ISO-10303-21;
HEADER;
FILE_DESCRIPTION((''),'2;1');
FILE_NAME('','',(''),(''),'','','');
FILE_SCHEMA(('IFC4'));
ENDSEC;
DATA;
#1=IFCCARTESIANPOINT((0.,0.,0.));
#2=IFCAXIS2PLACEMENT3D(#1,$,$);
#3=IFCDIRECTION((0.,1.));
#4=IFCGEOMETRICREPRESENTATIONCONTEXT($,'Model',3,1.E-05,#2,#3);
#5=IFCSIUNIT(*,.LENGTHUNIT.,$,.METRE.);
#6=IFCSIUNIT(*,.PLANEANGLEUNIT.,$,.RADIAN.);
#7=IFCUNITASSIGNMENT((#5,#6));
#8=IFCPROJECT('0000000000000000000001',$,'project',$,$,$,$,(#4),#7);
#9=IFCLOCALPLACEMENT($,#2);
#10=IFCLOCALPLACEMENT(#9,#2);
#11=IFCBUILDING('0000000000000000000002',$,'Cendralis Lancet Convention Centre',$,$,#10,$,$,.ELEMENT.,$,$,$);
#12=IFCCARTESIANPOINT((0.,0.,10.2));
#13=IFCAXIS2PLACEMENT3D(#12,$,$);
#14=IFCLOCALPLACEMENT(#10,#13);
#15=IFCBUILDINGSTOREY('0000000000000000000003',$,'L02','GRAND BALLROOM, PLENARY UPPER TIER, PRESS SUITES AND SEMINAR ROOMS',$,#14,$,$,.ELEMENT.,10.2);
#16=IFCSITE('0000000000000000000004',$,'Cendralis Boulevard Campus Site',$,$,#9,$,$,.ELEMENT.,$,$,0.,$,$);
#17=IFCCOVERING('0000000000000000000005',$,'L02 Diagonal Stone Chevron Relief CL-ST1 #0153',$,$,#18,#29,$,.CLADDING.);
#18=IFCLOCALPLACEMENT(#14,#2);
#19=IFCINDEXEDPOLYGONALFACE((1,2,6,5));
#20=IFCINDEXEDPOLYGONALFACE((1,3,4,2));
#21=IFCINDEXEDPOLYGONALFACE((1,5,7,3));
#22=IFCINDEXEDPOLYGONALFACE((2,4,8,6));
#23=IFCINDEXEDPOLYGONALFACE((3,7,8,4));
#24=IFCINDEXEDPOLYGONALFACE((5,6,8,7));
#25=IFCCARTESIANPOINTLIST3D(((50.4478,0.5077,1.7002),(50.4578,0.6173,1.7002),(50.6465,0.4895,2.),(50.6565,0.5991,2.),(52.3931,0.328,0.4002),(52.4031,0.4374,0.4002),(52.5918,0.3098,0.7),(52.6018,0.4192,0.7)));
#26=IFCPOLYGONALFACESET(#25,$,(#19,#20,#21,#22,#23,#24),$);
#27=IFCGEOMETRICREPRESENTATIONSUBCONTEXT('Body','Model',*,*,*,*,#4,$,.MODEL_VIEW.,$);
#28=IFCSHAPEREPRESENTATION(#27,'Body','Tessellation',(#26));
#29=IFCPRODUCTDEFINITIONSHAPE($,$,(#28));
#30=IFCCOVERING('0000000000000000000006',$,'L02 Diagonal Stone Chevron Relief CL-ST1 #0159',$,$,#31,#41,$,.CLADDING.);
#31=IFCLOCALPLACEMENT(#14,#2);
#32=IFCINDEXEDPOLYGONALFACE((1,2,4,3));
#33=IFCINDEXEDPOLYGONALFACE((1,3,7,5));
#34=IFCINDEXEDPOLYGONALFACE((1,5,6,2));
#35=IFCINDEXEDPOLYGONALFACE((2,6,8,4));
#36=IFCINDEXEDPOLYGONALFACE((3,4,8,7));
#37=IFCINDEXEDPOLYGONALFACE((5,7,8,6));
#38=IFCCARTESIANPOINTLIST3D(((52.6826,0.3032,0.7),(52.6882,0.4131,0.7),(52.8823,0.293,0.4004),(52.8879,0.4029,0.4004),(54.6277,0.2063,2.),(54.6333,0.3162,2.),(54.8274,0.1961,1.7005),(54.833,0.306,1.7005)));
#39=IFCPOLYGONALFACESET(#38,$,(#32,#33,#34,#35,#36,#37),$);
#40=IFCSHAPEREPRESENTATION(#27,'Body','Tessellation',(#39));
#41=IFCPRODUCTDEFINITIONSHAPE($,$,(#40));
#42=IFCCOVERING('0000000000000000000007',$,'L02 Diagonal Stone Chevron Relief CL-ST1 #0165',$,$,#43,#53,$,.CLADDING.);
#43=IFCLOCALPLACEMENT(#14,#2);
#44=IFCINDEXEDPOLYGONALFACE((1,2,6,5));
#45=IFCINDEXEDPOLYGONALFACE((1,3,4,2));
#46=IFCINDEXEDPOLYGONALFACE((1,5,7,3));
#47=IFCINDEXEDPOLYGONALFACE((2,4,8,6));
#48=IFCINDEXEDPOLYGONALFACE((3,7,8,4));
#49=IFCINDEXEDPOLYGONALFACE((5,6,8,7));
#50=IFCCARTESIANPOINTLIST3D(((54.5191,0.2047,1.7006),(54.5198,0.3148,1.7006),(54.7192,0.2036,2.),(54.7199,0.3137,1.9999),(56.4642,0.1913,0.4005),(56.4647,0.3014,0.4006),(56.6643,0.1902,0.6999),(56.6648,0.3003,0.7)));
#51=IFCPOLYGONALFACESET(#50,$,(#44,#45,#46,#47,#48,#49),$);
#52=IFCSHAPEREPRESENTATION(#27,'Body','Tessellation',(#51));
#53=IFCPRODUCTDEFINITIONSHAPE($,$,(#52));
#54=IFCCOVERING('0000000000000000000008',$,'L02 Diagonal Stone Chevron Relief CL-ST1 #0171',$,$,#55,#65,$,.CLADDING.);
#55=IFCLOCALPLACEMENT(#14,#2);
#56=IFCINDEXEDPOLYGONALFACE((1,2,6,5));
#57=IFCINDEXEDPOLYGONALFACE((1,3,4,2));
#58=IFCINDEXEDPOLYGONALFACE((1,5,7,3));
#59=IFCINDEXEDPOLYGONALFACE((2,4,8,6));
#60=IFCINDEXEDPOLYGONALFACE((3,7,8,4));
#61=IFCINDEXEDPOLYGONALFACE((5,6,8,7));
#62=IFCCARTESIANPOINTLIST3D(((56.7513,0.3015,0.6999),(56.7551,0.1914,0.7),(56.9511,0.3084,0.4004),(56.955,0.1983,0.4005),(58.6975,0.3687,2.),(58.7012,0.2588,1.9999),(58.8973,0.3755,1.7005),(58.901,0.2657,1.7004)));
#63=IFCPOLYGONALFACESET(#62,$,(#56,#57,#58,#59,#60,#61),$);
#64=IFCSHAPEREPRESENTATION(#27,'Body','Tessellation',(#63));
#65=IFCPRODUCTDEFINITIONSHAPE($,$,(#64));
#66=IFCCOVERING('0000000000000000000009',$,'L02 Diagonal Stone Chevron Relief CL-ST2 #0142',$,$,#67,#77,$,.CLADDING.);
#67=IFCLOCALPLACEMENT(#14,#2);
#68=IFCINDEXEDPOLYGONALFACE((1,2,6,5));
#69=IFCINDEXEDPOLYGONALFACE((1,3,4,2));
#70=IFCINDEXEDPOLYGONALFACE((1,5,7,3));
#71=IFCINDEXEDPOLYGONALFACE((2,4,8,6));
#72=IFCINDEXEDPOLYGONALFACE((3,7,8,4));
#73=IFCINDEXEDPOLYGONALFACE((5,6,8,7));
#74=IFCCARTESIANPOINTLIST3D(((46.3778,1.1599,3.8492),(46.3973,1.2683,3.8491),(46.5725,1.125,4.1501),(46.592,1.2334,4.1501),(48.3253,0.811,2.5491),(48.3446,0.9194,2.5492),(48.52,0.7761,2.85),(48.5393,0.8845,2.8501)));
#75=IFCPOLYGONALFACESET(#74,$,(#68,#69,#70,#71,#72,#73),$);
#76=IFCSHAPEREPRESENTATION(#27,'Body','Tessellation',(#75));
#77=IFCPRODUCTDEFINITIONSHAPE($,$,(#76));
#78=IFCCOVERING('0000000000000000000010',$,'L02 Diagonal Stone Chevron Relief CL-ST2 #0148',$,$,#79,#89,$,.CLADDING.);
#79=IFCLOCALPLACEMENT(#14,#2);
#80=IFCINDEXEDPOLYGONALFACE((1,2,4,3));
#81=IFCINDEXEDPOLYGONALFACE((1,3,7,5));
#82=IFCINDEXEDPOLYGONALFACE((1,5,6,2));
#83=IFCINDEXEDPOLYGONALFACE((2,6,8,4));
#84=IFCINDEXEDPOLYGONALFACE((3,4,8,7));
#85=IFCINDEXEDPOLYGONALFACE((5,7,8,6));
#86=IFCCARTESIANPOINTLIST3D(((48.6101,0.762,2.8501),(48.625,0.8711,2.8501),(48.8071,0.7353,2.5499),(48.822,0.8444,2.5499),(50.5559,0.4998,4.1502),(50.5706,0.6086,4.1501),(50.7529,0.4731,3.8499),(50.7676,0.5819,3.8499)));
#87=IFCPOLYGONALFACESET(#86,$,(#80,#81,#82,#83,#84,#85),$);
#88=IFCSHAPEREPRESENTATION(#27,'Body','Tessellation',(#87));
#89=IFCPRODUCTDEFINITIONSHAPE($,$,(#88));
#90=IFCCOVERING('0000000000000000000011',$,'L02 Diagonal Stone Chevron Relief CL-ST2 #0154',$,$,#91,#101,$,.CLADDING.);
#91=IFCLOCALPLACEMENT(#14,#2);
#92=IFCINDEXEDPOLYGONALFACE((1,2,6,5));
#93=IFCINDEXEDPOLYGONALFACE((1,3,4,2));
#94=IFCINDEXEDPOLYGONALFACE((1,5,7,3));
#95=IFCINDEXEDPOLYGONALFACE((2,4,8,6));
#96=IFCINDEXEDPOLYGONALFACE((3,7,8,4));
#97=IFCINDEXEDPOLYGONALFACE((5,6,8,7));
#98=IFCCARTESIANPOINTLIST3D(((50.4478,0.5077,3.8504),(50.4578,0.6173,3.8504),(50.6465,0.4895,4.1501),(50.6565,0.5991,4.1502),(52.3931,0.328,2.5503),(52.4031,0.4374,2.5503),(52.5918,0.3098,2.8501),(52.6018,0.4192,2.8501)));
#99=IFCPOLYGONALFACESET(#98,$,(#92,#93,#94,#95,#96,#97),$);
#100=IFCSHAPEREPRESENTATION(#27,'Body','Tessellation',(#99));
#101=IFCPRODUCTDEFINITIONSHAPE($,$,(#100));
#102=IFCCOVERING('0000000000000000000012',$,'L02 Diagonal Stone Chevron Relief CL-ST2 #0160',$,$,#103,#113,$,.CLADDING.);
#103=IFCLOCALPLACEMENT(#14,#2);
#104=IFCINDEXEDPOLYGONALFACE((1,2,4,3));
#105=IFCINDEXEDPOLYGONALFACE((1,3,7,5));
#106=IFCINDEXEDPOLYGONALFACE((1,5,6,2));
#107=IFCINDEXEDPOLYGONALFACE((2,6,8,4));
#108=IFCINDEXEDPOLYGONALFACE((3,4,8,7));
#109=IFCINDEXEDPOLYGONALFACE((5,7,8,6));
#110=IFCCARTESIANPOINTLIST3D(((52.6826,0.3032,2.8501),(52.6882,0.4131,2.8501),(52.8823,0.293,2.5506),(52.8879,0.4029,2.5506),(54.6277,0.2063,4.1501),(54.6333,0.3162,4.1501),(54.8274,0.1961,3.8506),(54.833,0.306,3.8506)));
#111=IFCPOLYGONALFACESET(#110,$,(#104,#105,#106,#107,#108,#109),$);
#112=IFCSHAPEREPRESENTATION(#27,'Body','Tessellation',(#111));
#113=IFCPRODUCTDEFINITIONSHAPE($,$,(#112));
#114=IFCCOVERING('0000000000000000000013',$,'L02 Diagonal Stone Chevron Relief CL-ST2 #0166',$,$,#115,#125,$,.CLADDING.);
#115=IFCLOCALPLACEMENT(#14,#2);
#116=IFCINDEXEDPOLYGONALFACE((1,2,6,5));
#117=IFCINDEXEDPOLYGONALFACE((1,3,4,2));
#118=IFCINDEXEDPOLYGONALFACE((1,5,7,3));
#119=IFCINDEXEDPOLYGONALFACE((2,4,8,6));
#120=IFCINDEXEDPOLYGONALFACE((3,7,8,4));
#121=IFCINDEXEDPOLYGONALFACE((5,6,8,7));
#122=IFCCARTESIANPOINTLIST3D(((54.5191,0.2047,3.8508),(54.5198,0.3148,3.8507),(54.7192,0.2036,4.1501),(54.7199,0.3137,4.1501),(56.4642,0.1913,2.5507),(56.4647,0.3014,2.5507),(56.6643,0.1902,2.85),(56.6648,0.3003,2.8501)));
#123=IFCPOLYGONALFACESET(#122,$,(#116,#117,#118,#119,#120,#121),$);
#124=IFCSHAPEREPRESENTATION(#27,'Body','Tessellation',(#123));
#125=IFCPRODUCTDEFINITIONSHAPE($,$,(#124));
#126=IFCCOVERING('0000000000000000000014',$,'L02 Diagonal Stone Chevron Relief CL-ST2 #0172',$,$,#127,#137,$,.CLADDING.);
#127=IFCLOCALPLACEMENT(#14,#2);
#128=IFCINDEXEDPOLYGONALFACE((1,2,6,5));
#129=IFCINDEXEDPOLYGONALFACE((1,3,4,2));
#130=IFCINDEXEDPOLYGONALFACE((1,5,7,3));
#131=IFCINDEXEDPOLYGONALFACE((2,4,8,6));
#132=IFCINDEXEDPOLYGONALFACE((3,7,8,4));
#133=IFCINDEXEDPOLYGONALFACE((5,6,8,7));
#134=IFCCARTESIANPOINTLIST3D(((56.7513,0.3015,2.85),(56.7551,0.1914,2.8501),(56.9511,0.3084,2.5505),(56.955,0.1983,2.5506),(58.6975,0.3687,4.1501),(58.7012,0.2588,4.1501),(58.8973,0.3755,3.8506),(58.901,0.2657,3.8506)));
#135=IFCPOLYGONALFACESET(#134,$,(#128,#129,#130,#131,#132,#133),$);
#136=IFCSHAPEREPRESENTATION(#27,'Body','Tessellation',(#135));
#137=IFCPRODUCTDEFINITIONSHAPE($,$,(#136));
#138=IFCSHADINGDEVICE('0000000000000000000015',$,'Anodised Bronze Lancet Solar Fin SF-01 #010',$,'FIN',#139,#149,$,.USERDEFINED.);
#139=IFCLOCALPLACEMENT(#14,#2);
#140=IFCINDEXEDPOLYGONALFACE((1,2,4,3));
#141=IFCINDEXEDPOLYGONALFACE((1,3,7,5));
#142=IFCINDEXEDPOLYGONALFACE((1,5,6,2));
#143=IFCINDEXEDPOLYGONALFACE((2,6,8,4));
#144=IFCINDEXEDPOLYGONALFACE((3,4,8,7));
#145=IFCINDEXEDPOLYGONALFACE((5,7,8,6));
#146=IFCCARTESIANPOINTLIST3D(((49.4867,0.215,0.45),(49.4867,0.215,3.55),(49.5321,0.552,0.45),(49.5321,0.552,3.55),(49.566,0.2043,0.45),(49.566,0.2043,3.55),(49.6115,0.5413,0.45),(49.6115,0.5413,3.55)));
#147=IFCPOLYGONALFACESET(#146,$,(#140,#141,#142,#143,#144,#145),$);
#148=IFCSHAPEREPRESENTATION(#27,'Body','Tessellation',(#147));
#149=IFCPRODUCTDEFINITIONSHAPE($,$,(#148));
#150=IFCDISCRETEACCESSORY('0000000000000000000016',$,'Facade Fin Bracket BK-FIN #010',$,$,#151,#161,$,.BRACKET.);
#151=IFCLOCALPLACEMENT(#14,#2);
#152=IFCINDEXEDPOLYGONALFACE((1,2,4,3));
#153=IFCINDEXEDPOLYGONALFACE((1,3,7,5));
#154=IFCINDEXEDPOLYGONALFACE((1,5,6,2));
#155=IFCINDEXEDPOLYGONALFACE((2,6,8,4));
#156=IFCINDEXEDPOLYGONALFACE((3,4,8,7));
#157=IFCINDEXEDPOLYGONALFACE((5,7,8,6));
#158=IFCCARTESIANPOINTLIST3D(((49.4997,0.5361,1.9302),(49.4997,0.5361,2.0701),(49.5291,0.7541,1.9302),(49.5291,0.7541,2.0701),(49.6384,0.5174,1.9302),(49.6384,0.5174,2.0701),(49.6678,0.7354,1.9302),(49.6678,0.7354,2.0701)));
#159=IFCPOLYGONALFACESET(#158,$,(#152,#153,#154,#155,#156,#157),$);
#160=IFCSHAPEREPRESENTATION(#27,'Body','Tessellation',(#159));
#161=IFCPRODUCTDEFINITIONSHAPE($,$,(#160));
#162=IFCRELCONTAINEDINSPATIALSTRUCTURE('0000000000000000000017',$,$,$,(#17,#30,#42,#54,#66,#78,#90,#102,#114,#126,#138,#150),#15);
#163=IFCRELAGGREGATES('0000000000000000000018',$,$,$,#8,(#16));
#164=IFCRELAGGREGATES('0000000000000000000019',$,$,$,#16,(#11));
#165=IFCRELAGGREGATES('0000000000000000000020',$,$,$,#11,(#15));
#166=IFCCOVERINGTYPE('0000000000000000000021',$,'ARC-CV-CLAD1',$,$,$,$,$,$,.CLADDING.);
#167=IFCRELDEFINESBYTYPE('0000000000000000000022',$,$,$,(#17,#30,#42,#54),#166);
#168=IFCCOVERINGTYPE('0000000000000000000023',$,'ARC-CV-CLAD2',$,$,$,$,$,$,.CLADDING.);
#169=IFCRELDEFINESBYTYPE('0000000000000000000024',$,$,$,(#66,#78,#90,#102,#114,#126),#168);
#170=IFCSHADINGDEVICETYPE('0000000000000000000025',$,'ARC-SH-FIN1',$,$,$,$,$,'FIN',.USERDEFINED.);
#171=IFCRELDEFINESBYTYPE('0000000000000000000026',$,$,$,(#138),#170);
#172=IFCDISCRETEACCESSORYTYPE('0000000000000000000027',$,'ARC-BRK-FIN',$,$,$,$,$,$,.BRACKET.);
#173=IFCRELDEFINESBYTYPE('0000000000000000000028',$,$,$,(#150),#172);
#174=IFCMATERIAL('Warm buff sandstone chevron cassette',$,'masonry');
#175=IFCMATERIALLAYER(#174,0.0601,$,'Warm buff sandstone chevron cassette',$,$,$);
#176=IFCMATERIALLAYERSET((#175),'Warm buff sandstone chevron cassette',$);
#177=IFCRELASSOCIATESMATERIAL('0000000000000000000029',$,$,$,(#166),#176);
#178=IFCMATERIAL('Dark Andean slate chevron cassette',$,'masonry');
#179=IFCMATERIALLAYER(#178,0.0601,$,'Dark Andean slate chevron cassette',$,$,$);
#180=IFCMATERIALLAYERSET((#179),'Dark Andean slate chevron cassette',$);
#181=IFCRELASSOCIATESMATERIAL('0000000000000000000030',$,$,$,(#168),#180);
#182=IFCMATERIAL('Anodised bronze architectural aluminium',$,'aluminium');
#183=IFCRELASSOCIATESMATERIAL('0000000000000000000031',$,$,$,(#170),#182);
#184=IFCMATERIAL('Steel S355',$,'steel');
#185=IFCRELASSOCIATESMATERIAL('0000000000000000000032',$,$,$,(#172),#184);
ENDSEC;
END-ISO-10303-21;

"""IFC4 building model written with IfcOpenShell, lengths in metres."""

from ifc_helpers import new_model, si_unit, direction, frame, origin, origin_2d, place, context, subcontext, project, spatial, polyline, rectangle, outline, extrude, material, layer, layer_set, type_object, element, save


model = new_model("IFC4")

# Units and contexts
model_context = context("Model", 3, precision=1e-05, world=origin(), true_north=direction((0.0, 1.0)))
body_context = subcontext(model_context, "Body", "Model", "MODEL_VIEW")
ifc_project = project(units=[si_unit("LENGTHUNIT", "METRE"), si_unit("PLANEANGLEUNIT", "RADIAN")], contexts=[model_context])

# Site, building, storey
site_placement = place(None, origin())
site = spatial("IfcSite", under=ifc_project, at=site_placement, Name="Cendralis Boulevard Campus Site", CompositionType="ELEMENT", RefElevation=0.0)
building_placement = place(site_placement, origin())
building = spatial("IfcBuilding", under=site, at=building_placement, Name="Cendralis Lancet Convention Centre", CompositionType="ELEMENT")
storey_placement = place(building_placement, frame((0.0, 0.0, 10.2)))
storey = spatial("IfcBuildingStorey", under=building, at=storey_placement, Name="L02", Description="GRAND BALLROOM, PLENARY UPPER TIER, PRESS SUITES AND SEMINAR ROOMS", CompositionType="ELEMENT", Elevation=10.2)

# Shared definitions
ifc_material_1 = material(Name="Warm buff sandstone chevron cassette", Category="masonry")
ifc_material_2 = material(Name="Dark Andean slate chevron cassette", Category="masonry")

# Coverings
ifc_layer_1 = layer(ifc_material_1, 0.0601, Name="Warm buff sandstone chevron cassette")
ifc_layer_set_1 = layer_set([ifc_layer_1], Name="Warm buff sandstone chevron cassette")
covering_type_1 = type_object("IfcCoveringType", Name="ARC-CV-CLAD1", PredefinedType="CLADDING", material=ifc_layer_set_1)
covering_1_placement = place(storey_placement, frame((50.6465, 0.4895, 2.0), z_axis=(0.551705, -0.050435, 0.832513), x_axis=(0.828984, -0.076573, -0.554005)))
element("IfcCovering", 1, at=covering_1_placement, inside=storey, type_object=covering_type_1, Name="L02 Diagonal Stone Chevron Relief CL-ST1 #0153", PredefinedType="CLADDING", context=body_context, shape_type="SweptSolid", body=[
    extrude(outline(polyline([(0.0, 0.0), (2.3466, 0.0), (2.3465, 0.1098), (-0.0001, 0.1101), (0.0, 0.0)])), origin(), (0.0, 0.0, -1.0), 0.3601),
])
covering_2_placement = place(storey_placement, frame((52.6826, 0.3032, 0.7), z_axis=(-0.554487, 0.02834, 0.831709), x_axis=(0.830679, -0.041393, 0.555211)))
element("IfcCovering", 2, at=covering_2_placement, inside=storey, type_object=covering_type_1, Name="L02 Diagonal Stone Chevron Relief CL-ST1 #0159", PredefinedType="CLADDING", context=body_context, shape_type="SweptSolid", body=[
    extrude(outline(polyline([(0.0, 0.0), (2.3415, 0.0), (2.3417, 0.11), (0.0001, 0.11), (0.0, 0.0)])), origin(), (0.0, 0.0, -1.0), 0.3601),
])
covering_3_placement = place(storey_placement, frame((54.7192, 0.2036, 2.0), z_axis=(0.555694, -0.00308, 0.831381), x_axis=(0.831362, -0.005739, -0.555702)))
element("IfcCovering", 3, at=covering_3_placement, inside=storey, type_object=covering_type_1, Name="L02 Diagonal Stone Chevron Relief CL-ST1 #0165", PredefinedType="CLADDING", context=body_context, shape_type="SweptSolid", body=[
    extrude(outline(polyline([(0.0, 0.0), (2.3396, 0.0), (2.3393, 0.1101), (0.0, 0.1101), (0.0, 0.0)])), origin(), (0.0, 0.0, -1.0), 0.3601),
])
covering_4_placement = place(storey_placement, frame((56.7551, 0.1914, 0.7), z_axis=(-0.554913, -0.019092, 0.831689), x_axis=(0.831191, 0.02878, 0.555241)))
element("IfcCovering", 4, at=covering_4_placement, inside=storey, type_object=covering_type_1, Name="L02 Diagonal Stone Chevron Relief CL-ST1 #0171", PredefinedType="CLADDING", context=body_context, shape_type="SweptSolid", body=[
    extrude(outline(polyline([(0.0, 0.0), (2.3413, 0.0), (2.3414, 0.1099), (-0.0001, 0.1102), (0.0, 0.0)])), origin(), (0.0, 0.0, -1.0), 0.3601),
])
ifc_layer_2 = layer(ifc_material_2, 0.0601, Name="Dark Andean slate chevron cassette")
ifc_layer_set_2 = layer_set([ifc_layer_2], Name="Dark Andean slate chevron cassette")
covering_type_2 = type_object("IfcCoveringType", Name="ARC-CV-CLAD2", PredefinedType="CLADDING", material=ifc_layer_set_2)
covering_5_placement = place(storey_placement, frame((46.5725, 1.125, 4.1501), z_axis=(0.54057, -0.096791, 0.835713), x_axis=(0.822618, -0.147364, -0.549167)))
element("IfcCovering", 5, at=covering_5_placement, inside=storey, type_object=covering_type_2, Name="L02 Diagonal Stone Chevron Relief CL-ST2 #0142", PredefinedType="CLADDING", context=body_context, shape_type="SweptSolid", body=[
    extrude(outline(polyline([(0.0, 0.0), (2.3674, 0.0), (2.3673, 0.1101), (0.0001, 0.1101), (0.0, 0.0)])), origin(), (0.0, 0.0, -1.0), 0.3601),
])
covering_6_placement = place(storey_placement, frame((48.6101, 0.762, 2.8501), z_axis=(-0.547109, 0.074132, 0.833772), x_axis=(0.826304, -0.111349, 0.552108)))
element("IfcCovering", 6, at=covering_6_placement, inside=storey, type_object=covering_type_2, Name="L02 Diagonal Stone Chevron Relief CL-ST2 #0148", PredefinedType="CLADDING", context=body_context, shape_type="SweptSolid", body=[
    extrude(outline(polyline([(0.0, 0.0), (2.3548, 0.0), (2.3548, 0.1099), (0.0002, 0.1101), (0.0, 0.0)])), origin(), (0.0, 0.0, -1.0), 0.3601),
])
covering_7_placement = place(storey_placement, frame((50.6465, 0.4895, 4.1501), z_axis=(0.551705, -0.050435, 0.832513), x_axis=(0.828984, -0.076573, -0.554005)))
element("IfcCovering", 7, at=covering_7_placement, inside=storey, type_object=covering_type_2, Name="L02 Diagonal Stone Chevron Relief CL-ST2 #0154", PredefinedType="CLADDING", context=body_context, shape_type="SweptSolid", body=[
    extrude(outline(polyline([(0.0, 0.0), (2.3466, 0.0), (2.3465, 0.1098), (-0.0001, 0.1101), (0.0, 0.0)])), origin(), (0.0, 0.0, -1.0), 0.3601),
])
covering_8_placement = place(storey_placement, frame((52.6826, 0.3032, 2.8501), z_axis=(-0.554487, 0.02834, 0.831709), x_axis=(0.830679, -0.041393, 0.555211)))
element("IfcCovering", 8, at=covering_8_placement, inside=storey, type_object=covering_type_2, Name="L02 Diagonal Stone Chevron Relief CL-ST2 #0160", PredefinedType="CLADDING", context=body_context, shape_type="SweptSolid", body=[
    extrude(outline(polyline([(0.0, 0.0), (2.3415, 0.0), (2.3417, 0.11), (0.0001, 0.11), (0.0, 0.0)])), origin(), (0.0, 0.0, -1.0), 0.3601),
])
covering_9_placement = place(storey_placement, frame((54.7192, 0.2036, 4.1501), z_axis=(0.555694, -0.00308, 0.831381), x_axis=(0.831362, -0.005739, -0.555702)))
element("IfcCovering", 9, at=covering_9_placement, inside=storey, type_object=covering_type_2, Name="L02 Diagonal Stone Chevron Relief CL-ST2 #0166", PredefinedType="CLADDING", context=body_context, shape_type="SweptSolid", body=[
    extrude(outline(polyline([(0.0, 0.0), (2.3396, 0.0), (2.3393, 0.1101), (0.0, 0.1101), (0.0, 0.0)])), origin(), (0.0, 0.0, -1.0), 0.3601),
])
covering_10_placement = place(storey_placement, frame((56.7551, 0.1914, 2.8501), z_axis=(-0.554913, -0.019092, 0.831689), x_axis=(0.831191, 0.02878, 0.555241)))
element("IfcCovering", 10, at=covering_10_placement, inside=storey, type_object=covering_type_2, Name="L02 Diagonal Stone Chevron Relief CL-ST2 #0172", PredefinedType="CLADDING", context=body_context, shape_type="SweptSolid", body=[
    extrude(outline(polyline([(0.0, 0.0), (2.3413, 0.0), (2.3414, 0.1099), (-0.0001, 0.1102), (0.0, 0.0)])), origin(), (0.0, 0.0, -1.0), 0.3601),
])

# Shading device
ifc_material_3 = material(Name="Anodised bronze architectural aluminium", Category="aluminium")
shading_device_type = type_object("IfcShadingDeviceType", Name="ARC-SH-FIN1", ElementType="FIN", PredefinedType="USERDEFINED", material=ifc_material_3)
shading_device_placement = place(storey_placement, frame((49.5491, 0.3782, 0.45), z_axis=(0.0, 0.0, 1.0), x_axis=(0.991035, -0.133606, 0.0)))
element("IfcShadingDevice", 11, at=shading_device_placement, inside=storey, type_object=shading_device_type, Name="Anodised Bronze Lancet Solar Fin SF-01 #010", ObjectType="FIN", PredefinedType="USERDEFINED", context=body_context, shape_type="SweptSolid", body=[
    extrude(rectangle(XDim=0.0801, YDim=0.3401, at=origin_2d()), origin(), (0.0, 0.0, 1.0), 3.1001),
])

# Discrete accessory
ifc_material_4 = material(Name="Steel S355", Category="steel")
discrete_accessory_type = type_object("IfcDiscreteAccessoryType", Name="ARC-BRK-FIN", PredefinedType="BRACKET", material=ifc_material_4)
discrete_accessory_placement = place(storey_placement, frame((49.5837, 0.6357, 1.9302), z_axis=(0.0, 0.0, 1.0), x_axis=(0.991035, -0.133606, 0.0)))
element("IfcDiscreteAccessory", 12, at=discrete_accessory_placement, inside=storey, type_object=discrete_accessory_type, Name="Facade Fin Bracket BK-FIN #010", PredefinedType="BRACKET", context=body_context, shape_type="SweptSolid", body=[
    extrude(rectangle(XDim=0.1399, YDim=0.22, at=origin_2d()), origin(), (0.0, 0.0, 1.0), 0.1399),
])

save(model, "model.ifc")
